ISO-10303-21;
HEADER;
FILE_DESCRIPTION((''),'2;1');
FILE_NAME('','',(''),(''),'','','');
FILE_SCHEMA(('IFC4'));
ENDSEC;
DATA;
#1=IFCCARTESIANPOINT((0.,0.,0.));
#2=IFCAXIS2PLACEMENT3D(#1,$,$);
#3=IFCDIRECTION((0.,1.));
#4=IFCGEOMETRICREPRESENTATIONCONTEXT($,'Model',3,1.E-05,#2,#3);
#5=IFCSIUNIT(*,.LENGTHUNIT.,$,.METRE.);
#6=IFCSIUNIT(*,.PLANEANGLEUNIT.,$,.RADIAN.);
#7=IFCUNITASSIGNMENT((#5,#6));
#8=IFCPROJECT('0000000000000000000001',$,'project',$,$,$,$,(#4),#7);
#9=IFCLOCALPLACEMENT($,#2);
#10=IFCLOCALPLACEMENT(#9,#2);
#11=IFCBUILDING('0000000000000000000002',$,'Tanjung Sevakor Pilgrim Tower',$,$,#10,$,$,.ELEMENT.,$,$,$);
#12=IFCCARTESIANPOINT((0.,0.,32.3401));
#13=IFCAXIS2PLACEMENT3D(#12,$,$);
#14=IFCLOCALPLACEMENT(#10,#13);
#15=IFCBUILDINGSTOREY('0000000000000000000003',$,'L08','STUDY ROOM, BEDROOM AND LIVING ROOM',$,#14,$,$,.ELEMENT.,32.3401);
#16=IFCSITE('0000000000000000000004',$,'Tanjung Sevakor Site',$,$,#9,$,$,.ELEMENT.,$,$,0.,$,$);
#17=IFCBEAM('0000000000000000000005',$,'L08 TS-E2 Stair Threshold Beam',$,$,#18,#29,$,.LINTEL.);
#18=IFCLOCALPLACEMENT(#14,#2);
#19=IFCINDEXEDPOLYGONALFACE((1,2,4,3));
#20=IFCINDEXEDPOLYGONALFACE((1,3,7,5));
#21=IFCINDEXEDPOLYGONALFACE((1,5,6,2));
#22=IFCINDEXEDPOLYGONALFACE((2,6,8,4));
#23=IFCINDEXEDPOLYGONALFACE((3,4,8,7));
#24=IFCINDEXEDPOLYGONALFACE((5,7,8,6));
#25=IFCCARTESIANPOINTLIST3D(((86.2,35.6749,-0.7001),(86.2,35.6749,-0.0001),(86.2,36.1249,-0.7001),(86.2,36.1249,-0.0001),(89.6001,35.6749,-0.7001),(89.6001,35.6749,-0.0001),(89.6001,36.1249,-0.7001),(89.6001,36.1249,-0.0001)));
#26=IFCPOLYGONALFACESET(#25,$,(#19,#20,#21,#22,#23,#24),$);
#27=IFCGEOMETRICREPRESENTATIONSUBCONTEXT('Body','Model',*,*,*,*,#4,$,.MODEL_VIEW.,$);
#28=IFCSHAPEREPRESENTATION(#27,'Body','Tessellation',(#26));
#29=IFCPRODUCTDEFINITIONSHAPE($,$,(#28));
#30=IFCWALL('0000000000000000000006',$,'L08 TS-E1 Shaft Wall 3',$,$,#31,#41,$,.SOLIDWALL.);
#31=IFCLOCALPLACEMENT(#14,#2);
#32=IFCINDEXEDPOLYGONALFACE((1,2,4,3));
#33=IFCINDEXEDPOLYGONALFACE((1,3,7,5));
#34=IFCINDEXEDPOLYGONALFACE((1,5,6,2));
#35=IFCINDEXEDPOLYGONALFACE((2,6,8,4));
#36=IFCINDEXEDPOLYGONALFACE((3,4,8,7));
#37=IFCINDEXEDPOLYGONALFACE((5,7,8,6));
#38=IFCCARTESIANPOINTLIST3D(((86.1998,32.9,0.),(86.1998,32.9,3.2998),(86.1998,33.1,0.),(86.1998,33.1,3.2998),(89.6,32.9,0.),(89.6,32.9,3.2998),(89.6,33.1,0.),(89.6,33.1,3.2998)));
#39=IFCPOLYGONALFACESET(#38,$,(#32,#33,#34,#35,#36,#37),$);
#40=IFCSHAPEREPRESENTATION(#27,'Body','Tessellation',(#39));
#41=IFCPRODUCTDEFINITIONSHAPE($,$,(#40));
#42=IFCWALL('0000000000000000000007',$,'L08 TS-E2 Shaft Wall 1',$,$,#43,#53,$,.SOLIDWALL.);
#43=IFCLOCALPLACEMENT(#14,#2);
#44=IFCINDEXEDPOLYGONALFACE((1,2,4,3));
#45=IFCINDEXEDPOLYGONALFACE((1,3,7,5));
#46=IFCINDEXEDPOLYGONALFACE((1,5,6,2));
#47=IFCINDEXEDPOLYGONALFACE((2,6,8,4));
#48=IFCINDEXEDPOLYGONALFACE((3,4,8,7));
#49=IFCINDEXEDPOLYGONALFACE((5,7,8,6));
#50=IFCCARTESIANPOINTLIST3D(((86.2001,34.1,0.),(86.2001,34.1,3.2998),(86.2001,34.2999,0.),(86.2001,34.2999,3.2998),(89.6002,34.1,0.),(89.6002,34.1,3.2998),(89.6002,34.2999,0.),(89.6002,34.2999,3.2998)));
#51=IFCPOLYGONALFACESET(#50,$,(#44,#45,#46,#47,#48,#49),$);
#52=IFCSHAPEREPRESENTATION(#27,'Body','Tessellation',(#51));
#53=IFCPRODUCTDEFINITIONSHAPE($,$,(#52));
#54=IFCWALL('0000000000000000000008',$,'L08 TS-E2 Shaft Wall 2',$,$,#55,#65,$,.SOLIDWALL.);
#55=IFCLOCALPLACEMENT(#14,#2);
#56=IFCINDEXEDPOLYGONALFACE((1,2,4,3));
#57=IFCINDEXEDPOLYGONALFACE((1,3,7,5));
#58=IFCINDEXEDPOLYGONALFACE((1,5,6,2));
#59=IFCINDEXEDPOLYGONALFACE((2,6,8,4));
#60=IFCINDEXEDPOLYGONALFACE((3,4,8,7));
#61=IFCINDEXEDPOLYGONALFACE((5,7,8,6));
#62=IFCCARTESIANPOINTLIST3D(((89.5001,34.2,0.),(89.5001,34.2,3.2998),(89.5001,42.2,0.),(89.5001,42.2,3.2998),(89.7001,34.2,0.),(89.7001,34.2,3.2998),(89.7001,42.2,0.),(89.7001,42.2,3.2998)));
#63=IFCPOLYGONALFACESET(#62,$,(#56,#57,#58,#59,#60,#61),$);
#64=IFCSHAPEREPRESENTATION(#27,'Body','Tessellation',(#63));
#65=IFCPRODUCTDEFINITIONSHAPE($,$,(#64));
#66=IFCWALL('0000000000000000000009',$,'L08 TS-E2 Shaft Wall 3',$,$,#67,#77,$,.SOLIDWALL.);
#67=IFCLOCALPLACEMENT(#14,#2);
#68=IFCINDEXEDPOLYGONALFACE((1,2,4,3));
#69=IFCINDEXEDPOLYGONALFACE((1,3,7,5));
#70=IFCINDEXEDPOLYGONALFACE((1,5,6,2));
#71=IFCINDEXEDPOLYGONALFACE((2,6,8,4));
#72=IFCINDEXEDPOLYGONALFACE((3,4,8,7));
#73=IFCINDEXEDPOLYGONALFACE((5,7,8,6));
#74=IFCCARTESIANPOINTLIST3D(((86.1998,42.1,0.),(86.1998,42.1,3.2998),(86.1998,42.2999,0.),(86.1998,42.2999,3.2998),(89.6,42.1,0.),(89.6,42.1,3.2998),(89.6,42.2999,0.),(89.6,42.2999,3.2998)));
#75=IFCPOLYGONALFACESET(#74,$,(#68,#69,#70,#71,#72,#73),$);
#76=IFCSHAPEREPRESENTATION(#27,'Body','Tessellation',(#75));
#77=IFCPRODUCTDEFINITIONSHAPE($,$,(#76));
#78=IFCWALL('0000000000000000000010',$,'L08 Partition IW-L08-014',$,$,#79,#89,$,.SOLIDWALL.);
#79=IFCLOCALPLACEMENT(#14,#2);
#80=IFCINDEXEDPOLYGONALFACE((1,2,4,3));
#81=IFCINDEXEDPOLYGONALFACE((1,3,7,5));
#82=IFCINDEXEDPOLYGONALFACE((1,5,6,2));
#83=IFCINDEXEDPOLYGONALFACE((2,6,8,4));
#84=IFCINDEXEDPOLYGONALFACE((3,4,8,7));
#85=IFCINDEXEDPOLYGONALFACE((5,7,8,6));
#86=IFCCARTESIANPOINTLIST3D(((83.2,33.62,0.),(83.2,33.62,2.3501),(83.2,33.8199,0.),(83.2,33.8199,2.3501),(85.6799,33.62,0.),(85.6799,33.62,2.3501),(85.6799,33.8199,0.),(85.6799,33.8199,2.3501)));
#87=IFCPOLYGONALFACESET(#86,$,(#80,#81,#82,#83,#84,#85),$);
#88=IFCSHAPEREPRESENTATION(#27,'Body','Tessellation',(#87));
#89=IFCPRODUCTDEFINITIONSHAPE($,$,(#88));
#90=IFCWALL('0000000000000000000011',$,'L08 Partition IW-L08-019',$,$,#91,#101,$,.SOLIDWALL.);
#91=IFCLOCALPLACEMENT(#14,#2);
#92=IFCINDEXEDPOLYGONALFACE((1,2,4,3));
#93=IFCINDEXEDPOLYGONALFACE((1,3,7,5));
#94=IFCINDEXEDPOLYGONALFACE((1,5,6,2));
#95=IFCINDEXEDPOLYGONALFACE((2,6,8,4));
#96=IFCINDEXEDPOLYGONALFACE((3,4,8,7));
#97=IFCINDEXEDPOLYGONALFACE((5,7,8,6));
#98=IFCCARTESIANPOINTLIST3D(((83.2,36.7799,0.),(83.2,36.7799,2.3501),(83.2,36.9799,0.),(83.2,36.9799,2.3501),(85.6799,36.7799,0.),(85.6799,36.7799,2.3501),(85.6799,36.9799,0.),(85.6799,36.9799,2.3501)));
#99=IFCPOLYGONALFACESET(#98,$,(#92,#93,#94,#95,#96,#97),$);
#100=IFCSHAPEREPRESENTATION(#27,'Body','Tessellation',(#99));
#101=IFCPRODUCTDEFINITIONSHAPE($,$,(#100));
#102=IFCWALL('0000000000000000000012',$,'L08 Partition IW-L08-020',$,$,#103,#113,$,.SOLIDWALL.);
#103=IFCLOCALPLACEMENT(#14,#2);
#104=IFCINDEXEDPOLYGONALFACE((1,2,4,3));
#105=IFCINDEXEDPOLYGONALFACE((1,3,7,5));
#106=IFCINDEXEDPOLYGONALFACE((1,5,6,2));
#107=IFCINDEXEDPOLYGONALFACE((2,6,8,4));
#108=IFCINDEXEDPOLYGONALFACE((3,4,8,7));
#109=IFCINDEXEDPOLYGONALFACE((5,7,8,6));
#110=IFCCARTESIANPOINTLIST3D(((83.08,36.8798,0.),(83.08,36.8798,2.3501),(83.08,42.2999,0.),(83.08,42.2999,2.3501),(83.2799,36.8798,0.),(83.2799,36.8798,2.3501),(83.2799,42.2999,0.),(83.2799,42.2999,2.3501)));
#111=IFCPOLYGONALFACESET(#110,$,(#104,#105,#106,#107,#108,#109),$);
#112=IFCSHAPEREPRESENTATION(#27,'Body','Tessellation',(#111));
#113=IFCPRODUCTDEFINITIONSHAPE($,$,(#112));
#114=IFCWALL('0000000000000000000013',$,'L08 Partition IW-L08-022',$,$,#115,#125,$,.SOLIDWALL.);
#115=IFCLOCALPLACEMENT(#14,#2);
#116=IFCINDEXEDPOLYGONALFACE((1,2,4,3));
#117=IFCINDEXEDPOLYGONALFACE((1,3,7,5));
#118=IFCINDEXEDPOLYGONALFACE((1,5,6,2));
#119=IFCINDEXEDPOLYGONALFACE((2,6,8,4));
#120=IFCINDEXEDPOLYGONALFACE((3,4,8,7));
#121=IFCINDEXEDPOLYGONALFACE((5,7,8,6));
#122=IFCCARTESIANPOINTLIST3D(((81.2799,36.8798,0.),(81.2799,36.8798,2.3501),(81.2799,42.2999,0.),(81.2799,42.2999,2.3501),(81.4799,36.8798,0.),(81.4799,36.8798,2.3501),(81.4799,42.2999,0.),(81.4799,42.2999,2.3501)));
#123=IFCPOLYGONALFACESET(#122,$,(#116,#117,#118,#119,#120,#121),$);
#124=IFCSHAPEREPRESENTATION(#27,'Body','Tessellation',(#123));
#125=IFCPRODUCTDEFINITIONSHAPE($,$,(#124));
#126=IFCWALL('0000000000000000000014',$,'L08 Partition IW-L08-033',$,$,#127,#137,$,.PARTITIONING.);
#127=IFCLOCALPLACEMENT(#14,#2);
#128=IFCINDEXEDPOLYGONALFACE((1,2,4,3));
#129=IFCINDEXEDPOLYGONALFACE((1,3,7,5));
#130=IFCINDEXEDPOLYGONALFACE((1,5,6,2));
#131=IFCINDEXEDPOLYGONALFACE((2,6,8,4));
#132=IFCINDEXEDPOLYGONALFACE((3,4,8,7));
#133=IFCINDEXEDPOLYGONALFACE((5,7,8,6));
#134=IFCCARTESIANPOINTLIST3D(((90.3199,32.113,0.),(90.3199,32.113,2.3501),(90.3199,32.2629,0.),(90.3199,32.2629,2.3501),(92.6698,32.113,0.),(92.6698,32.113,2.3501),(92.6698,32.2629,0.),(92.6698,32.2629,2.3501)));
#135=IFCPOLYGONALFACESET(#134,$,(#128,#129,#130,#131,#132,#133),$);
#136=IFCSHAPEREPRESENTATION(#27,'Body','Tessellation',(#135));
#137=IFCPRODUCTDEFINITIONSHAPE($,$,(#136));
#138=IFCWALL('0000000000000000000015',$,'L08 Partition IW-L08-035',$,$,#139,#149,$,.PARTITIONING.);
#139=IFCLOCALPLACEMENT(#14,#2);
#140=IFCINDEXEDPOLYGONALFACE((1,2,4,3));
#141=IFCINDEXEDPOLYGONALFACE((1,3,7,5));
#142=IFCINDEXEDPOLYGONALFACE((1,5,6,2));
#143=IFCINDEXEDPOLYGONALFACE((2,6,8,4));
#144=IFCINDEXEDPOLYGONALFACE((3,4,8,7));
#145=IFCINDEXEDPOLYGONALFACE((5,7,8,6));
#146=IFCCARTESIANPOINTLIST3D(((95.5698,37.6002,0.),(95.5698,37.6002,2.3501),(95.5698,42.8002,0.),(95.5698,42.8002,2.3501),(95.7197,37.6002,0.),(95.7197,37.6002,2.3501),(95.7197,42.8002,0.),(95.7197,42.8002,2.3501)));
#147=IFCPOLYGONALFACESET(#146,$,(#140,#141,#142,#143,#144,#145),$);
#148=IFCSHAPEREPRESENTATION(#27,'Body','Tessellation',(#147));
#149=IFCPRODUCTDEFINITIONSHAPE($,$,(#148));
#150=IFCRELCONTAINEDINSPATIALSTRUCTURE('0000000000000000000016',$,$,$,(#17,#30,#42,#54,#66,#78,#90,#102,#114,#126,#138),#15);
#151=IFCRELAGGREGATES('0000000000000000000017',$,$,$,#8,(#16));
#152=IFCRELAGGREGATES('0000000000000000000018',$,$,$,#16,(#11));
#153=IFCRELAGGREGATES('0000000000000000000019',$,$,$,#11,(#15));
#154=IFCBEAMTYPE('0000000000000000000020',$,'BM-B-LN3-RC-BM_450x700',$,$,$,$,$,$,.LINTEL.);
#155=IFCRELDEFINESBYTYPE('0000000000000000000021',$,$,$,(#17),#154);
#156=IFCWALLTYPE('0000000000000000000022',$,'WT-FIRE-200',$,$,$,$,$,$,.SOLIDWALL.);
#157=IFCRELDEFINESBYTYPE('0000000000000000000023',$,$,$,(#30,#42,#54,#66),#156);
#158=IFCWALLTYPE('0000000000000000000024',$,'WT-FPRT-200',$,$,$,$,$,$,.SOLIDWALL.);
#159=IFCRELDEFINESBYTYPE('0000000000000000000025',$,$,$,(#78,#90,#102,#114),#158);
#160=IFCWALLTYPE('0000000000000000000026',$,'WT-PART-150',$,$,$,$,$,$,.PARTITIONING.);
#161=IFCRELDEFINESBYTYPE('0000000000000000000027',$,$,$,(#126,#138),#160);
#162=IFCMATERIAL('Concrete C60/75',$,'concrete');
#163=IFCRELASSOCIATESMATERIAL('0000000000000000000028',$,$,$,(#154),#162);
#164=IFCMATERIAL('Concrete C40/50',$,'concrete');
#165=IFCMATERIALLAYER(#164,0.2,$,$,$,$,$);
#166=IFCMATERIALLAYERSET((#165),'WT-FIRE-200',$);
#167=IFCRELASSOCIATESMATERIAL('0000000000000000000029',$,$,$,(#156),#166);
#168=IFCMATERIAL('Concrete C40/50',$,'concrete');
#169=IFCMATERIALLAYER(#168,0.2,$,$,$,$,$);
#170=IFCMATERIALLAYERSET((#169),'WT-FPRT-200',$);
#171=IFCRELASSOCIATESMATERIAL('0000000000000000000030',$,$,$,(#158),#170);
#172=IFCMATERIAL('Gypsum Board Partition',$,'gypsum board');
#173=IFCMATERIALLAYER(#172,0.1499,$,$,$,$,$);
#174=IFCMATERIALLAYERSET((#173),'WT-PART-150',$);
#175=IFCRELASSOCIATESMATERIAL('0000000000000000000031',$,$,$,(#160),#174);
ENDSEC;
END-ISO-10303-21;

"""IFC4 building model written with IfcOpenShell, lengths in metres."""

from ifc_helpers import new_model, si_unit, direction, frame, frame_2d, origin, origin_2d, place, context, subcontext, project, spatial, rectangle, extrude, material, layer, layer_set, material_profile, profile_set, type_object, element, save


model = new_model("IFC4")

# Units and contexts
model_context = context("Model", 3, precision=1e-05, world=origin(), true_north=direction((0.0, 1.0)))
body_context = subcontext(model_context, "Body", "Model", "MODEL_VIEW")
ifc_project = project(units=[si_unit("LENGTHUNIT", "METRE"), si_unit("PLANEANGLEUNIT", "RADIAN")], contexts=[model_context])

# Site, building, storey
site_placement = place(None, origin())
site = spatial("IfcSite", under=ifc_project, at=site_placement, Name="Tanjung Sevakor Site", CompositionType="ELEMENT", RefElevation=0.0)
building_placement = place(site_placement, origin())
building = spatial("IfcBuilding", under=site, at=building_placement, Name="Tanjung Sevakor Pilgrim Tower", CompositionType="ELEMENT")
storey_placement = place(building_placement, frame((0.0, 0.0, 32.3401)))
storey = spatial("IfcBuildingStorey", under=building, at=storey_placement, Name="L08", Description="STUDY ROOM, BEDROOM AND LIVING ROOM", CompositionType="ELEMENT", Elevation=32.3401)

# Beam
ifc_material_1 = material(Name="Concrete C60/75", Category="concrete")
ifc_material_profile = material_profile(ifc_material_1, rectangle(XDim=0.45, YDim=0.7, at=origin_2d()))
ifc_profile_set = profile_set([ifc_material_profile], Name="Concrete C60/75")
beam_type = type_object("IfcBeamType", Name="BM-B-LN3-RC-BM_450x700", PredefinedType="LINTEL", material=ifc_profile_set)
beam_placement = place(storey_placement, frame((86.2, 35.8999, -0.3501), z_axis=(1.0, 0.0, 0.0), x_axis=(0.0, 1.0, 0.0)))
element("IfcBeam", 1, at=beam_placement, inside=storey, type_object=beam_type, Name="L08 TS-E2 Stair Threshold Beam", PredefinedType="LINTEL", context=body_context, shape_type="SweptSolid", body=[
    extrude(rectangle(XDim=0.45, YDim=0.7, at=origin_2d()), origin(), (0.0, 0.0, 1.0), 3.4001),
])

# Walls
ifc_material_2 = material(Name="Concrete C40/50", Category="concrete")
ifc_layer_1 = layer(ifc_material_2, 0.2)
ifc_layer_set_1 = layer_set([ifc_layer_1], Name="WT-FIRE-200")
wall_type_1 = type_object("IfcWallType", Name="WT-FIRE-200", PredefinedType="SOLIDWALL", material=ifc_layer_set_1)
for number, where, z_axis, x_axis, name in (
    (2, (89.6001, 33.0, 0.0), (0.0, 0.0, 1.0), (-1.0, 0.0, 0.0), "L08 TS-E1 Shaft Wall 3"),
    (3, (86.2, 34.2, 0.0), (0.0, 0.0, 1.0), (1.0, 0.0, 0.0), "L08 TS-E2 Shaft Wall 1"),
):
    element("IfcWall", number, at=place(storey_placement, frame(where, z_axis=z_axis, x_axis=x_axis)), inside=storey, type_object=wall_type_1, Name=name, PredefinedType="SOLIDWALL", context=body_context, shape_type="SweptSolid", body=[
        extrude(rectangle(XDim=3.4001, YDim=0.2, at=frame_2d((1.7002, 0.0))), origin(), (0.0, 0.0, 1.0), 3.2998),
    ])
wall_1_placement = place(storey_placement, frame((89.6001, 34.2, 0.0), z_axis=(0.0, 0.0, 1.0), x_axis=(0.0, 1.0, 0.0)))
element("IfcWall", 4, at=wall_1_placement, inside=storey, type_object=wall_type_1, Name="L08 TS-E2 Shaft Wall 2", PredefinedType="SOLIDWALL", context=body_context, shape_type="SweptSolid", body=[
    extrude(rectangle(XDim=8.0, YDim=0.2, at=frame_2d((4.0, 0.0))), origin(), (0.0, 0.0, 1.0), 3.2998),
])
wall_2_placement = place(storey_placement, frame((89.6001, 42.2, 0.0), z_axis=(0.0, 0.0, 1.0), x_axis=(-1.0, 0.0, 0.0)))
element("IfcWall", 5, at=wall_2_placement, inside=storey, type_object=wall_type_1, Name="L08 TS-E2 Shaft Wall 3", PredefinedType="SOLIDWALL", context=body_context, shape_type="SweptSolid", body=[
    extrude(rectangle(XDim=3.4001, YDim=0.2, at=frame_2d((1.7002, 0.0))), origin(), (0.0, 0.0, 1.0), 3.2998),
])
ifc_material_3 = material(Name="Concrete C40/50", Category="concrete")
ifc_layer_2 = layer(ifc_material_3, 0.2)
ifc_layer_set_2 = layer_set([ifc_layer_2], Name="WT-FPRT-200")
wall_type_2 = type_object("IfcWallType", Name="WT-FPRT-200", PredefinedType="SOLIDWALL", material=ifc_layer_set_2)
for number, where, z_axis, x_axis, name in (
    (6, (83.2, 33.72, 0.0), (0.0, 0.0, 1.0), (1.0, 0.0, 0.0), "L08 Partition IW-L08-014"),
    (7, (83.2, 36.8799, 0.0), (0.0, 0.0, 1.0), (1.0, 0.0, 0.0), "L08 Partition IW-L08-019"),
):
    element("IfcWall", number, at=place(storey_placement, frame(where, z_axis=z_axis, x_axis=x_axis)), inside=storey, type_object=wall_type_2, Name=name, PredefinedType="SOLIDWALL", context=body_context, shape_type="SweptSolid", body=[
        extrude(rectangle(XDim=2.48, YDim=0.2, at=frame_2d((1.24, 0.0))), origin(), (0.0, 0.0, 1.0), 2.3501),
    ])
for number, where, z_axis, x_axis, name in (
    (8, (83.1799, 36.8799, 0.0), (0.0, 0.0, 1.0), (0.0, 1.0, 0.0), "L08 Partition IW-L08-020"),
    (9, (81.3799, 36.8799, 0.0), (0.0, 0.0, 1.0), (0.0, 1.0, 0.0), "L08 Partition IW-L08-022"),
):
    element("IfcWall", number, at=place(storey_placement, frame(where, z_axis=z_axis, x_axis=x_axis)), inside=storey, type_object=wall_type_2, Name=name, PredefinedType="SOLIDWALL", context=body_context, shape_type="SweptSolid", body=[
        extrude(rectangle(XDim=5.4202, YDim=0.2, at=frame_2d((2.71, 0.0))), origin(), (0.0, 0.0, 1.0), 2.3501),
    ])
ifc_material_4 = material(Name="Gypsum Board Partition", Category="gypsum board")
ifc_layer_3 = layer(ifc_material_4, 0.1499)
ifc_layer_set_3 = layer_set([ifc_layer_3], Name="WT-PART-150")
wall_type_3 = type_object("IfcWallType", Name="WT-PART-150", PredefinedType="PARTITIONING", material=ifc_layer_set_3)
wall_3_placement = place(storey_placement, frame((90.3201, 32.188, 0.0), z_axis=(0.0, 0.0, 1.0), x_axis=(1.0, 0.0, 0.0)))
element("IfcWall", 10, at=wall_3_placement, inside=storey, type_object=wall_type_3, Name="L08 Partition IW-L08-033", PredefinedType="PARTITIONING", context=body_context, shape_type="SweptSolid", body=[
    extrude(rectangle(XDim=2.3499, YDim=0.1499, at=frame_2d((1.1748, 0.0))), origin(), (0.0, 0.0, 1.0), 2.3501),
])
wall_4_placement = place(storey_placement, frame((95.6448, 37.6001, 0.0), z_axis=(0.0, 0.0, 1.0), x_axis=(0.0, 1.0, 0.0)))
element("IfcWall", 11, at=wall_4_placement, inside=storey, type_object=wall_type_3, Name="L08 Partition IW-L08-035", PredefinedType="PARTITIONING", context=body_context, shape_type="SweptSolid", body=[
    extrude(rectangle(XDim=5.2, YDim=0.1499, at=frame_2d((2.6001, 0.0))), origin(), (0.0, 0.0, 1.0), 2.3501),
])

save(model, "model.ifc")
